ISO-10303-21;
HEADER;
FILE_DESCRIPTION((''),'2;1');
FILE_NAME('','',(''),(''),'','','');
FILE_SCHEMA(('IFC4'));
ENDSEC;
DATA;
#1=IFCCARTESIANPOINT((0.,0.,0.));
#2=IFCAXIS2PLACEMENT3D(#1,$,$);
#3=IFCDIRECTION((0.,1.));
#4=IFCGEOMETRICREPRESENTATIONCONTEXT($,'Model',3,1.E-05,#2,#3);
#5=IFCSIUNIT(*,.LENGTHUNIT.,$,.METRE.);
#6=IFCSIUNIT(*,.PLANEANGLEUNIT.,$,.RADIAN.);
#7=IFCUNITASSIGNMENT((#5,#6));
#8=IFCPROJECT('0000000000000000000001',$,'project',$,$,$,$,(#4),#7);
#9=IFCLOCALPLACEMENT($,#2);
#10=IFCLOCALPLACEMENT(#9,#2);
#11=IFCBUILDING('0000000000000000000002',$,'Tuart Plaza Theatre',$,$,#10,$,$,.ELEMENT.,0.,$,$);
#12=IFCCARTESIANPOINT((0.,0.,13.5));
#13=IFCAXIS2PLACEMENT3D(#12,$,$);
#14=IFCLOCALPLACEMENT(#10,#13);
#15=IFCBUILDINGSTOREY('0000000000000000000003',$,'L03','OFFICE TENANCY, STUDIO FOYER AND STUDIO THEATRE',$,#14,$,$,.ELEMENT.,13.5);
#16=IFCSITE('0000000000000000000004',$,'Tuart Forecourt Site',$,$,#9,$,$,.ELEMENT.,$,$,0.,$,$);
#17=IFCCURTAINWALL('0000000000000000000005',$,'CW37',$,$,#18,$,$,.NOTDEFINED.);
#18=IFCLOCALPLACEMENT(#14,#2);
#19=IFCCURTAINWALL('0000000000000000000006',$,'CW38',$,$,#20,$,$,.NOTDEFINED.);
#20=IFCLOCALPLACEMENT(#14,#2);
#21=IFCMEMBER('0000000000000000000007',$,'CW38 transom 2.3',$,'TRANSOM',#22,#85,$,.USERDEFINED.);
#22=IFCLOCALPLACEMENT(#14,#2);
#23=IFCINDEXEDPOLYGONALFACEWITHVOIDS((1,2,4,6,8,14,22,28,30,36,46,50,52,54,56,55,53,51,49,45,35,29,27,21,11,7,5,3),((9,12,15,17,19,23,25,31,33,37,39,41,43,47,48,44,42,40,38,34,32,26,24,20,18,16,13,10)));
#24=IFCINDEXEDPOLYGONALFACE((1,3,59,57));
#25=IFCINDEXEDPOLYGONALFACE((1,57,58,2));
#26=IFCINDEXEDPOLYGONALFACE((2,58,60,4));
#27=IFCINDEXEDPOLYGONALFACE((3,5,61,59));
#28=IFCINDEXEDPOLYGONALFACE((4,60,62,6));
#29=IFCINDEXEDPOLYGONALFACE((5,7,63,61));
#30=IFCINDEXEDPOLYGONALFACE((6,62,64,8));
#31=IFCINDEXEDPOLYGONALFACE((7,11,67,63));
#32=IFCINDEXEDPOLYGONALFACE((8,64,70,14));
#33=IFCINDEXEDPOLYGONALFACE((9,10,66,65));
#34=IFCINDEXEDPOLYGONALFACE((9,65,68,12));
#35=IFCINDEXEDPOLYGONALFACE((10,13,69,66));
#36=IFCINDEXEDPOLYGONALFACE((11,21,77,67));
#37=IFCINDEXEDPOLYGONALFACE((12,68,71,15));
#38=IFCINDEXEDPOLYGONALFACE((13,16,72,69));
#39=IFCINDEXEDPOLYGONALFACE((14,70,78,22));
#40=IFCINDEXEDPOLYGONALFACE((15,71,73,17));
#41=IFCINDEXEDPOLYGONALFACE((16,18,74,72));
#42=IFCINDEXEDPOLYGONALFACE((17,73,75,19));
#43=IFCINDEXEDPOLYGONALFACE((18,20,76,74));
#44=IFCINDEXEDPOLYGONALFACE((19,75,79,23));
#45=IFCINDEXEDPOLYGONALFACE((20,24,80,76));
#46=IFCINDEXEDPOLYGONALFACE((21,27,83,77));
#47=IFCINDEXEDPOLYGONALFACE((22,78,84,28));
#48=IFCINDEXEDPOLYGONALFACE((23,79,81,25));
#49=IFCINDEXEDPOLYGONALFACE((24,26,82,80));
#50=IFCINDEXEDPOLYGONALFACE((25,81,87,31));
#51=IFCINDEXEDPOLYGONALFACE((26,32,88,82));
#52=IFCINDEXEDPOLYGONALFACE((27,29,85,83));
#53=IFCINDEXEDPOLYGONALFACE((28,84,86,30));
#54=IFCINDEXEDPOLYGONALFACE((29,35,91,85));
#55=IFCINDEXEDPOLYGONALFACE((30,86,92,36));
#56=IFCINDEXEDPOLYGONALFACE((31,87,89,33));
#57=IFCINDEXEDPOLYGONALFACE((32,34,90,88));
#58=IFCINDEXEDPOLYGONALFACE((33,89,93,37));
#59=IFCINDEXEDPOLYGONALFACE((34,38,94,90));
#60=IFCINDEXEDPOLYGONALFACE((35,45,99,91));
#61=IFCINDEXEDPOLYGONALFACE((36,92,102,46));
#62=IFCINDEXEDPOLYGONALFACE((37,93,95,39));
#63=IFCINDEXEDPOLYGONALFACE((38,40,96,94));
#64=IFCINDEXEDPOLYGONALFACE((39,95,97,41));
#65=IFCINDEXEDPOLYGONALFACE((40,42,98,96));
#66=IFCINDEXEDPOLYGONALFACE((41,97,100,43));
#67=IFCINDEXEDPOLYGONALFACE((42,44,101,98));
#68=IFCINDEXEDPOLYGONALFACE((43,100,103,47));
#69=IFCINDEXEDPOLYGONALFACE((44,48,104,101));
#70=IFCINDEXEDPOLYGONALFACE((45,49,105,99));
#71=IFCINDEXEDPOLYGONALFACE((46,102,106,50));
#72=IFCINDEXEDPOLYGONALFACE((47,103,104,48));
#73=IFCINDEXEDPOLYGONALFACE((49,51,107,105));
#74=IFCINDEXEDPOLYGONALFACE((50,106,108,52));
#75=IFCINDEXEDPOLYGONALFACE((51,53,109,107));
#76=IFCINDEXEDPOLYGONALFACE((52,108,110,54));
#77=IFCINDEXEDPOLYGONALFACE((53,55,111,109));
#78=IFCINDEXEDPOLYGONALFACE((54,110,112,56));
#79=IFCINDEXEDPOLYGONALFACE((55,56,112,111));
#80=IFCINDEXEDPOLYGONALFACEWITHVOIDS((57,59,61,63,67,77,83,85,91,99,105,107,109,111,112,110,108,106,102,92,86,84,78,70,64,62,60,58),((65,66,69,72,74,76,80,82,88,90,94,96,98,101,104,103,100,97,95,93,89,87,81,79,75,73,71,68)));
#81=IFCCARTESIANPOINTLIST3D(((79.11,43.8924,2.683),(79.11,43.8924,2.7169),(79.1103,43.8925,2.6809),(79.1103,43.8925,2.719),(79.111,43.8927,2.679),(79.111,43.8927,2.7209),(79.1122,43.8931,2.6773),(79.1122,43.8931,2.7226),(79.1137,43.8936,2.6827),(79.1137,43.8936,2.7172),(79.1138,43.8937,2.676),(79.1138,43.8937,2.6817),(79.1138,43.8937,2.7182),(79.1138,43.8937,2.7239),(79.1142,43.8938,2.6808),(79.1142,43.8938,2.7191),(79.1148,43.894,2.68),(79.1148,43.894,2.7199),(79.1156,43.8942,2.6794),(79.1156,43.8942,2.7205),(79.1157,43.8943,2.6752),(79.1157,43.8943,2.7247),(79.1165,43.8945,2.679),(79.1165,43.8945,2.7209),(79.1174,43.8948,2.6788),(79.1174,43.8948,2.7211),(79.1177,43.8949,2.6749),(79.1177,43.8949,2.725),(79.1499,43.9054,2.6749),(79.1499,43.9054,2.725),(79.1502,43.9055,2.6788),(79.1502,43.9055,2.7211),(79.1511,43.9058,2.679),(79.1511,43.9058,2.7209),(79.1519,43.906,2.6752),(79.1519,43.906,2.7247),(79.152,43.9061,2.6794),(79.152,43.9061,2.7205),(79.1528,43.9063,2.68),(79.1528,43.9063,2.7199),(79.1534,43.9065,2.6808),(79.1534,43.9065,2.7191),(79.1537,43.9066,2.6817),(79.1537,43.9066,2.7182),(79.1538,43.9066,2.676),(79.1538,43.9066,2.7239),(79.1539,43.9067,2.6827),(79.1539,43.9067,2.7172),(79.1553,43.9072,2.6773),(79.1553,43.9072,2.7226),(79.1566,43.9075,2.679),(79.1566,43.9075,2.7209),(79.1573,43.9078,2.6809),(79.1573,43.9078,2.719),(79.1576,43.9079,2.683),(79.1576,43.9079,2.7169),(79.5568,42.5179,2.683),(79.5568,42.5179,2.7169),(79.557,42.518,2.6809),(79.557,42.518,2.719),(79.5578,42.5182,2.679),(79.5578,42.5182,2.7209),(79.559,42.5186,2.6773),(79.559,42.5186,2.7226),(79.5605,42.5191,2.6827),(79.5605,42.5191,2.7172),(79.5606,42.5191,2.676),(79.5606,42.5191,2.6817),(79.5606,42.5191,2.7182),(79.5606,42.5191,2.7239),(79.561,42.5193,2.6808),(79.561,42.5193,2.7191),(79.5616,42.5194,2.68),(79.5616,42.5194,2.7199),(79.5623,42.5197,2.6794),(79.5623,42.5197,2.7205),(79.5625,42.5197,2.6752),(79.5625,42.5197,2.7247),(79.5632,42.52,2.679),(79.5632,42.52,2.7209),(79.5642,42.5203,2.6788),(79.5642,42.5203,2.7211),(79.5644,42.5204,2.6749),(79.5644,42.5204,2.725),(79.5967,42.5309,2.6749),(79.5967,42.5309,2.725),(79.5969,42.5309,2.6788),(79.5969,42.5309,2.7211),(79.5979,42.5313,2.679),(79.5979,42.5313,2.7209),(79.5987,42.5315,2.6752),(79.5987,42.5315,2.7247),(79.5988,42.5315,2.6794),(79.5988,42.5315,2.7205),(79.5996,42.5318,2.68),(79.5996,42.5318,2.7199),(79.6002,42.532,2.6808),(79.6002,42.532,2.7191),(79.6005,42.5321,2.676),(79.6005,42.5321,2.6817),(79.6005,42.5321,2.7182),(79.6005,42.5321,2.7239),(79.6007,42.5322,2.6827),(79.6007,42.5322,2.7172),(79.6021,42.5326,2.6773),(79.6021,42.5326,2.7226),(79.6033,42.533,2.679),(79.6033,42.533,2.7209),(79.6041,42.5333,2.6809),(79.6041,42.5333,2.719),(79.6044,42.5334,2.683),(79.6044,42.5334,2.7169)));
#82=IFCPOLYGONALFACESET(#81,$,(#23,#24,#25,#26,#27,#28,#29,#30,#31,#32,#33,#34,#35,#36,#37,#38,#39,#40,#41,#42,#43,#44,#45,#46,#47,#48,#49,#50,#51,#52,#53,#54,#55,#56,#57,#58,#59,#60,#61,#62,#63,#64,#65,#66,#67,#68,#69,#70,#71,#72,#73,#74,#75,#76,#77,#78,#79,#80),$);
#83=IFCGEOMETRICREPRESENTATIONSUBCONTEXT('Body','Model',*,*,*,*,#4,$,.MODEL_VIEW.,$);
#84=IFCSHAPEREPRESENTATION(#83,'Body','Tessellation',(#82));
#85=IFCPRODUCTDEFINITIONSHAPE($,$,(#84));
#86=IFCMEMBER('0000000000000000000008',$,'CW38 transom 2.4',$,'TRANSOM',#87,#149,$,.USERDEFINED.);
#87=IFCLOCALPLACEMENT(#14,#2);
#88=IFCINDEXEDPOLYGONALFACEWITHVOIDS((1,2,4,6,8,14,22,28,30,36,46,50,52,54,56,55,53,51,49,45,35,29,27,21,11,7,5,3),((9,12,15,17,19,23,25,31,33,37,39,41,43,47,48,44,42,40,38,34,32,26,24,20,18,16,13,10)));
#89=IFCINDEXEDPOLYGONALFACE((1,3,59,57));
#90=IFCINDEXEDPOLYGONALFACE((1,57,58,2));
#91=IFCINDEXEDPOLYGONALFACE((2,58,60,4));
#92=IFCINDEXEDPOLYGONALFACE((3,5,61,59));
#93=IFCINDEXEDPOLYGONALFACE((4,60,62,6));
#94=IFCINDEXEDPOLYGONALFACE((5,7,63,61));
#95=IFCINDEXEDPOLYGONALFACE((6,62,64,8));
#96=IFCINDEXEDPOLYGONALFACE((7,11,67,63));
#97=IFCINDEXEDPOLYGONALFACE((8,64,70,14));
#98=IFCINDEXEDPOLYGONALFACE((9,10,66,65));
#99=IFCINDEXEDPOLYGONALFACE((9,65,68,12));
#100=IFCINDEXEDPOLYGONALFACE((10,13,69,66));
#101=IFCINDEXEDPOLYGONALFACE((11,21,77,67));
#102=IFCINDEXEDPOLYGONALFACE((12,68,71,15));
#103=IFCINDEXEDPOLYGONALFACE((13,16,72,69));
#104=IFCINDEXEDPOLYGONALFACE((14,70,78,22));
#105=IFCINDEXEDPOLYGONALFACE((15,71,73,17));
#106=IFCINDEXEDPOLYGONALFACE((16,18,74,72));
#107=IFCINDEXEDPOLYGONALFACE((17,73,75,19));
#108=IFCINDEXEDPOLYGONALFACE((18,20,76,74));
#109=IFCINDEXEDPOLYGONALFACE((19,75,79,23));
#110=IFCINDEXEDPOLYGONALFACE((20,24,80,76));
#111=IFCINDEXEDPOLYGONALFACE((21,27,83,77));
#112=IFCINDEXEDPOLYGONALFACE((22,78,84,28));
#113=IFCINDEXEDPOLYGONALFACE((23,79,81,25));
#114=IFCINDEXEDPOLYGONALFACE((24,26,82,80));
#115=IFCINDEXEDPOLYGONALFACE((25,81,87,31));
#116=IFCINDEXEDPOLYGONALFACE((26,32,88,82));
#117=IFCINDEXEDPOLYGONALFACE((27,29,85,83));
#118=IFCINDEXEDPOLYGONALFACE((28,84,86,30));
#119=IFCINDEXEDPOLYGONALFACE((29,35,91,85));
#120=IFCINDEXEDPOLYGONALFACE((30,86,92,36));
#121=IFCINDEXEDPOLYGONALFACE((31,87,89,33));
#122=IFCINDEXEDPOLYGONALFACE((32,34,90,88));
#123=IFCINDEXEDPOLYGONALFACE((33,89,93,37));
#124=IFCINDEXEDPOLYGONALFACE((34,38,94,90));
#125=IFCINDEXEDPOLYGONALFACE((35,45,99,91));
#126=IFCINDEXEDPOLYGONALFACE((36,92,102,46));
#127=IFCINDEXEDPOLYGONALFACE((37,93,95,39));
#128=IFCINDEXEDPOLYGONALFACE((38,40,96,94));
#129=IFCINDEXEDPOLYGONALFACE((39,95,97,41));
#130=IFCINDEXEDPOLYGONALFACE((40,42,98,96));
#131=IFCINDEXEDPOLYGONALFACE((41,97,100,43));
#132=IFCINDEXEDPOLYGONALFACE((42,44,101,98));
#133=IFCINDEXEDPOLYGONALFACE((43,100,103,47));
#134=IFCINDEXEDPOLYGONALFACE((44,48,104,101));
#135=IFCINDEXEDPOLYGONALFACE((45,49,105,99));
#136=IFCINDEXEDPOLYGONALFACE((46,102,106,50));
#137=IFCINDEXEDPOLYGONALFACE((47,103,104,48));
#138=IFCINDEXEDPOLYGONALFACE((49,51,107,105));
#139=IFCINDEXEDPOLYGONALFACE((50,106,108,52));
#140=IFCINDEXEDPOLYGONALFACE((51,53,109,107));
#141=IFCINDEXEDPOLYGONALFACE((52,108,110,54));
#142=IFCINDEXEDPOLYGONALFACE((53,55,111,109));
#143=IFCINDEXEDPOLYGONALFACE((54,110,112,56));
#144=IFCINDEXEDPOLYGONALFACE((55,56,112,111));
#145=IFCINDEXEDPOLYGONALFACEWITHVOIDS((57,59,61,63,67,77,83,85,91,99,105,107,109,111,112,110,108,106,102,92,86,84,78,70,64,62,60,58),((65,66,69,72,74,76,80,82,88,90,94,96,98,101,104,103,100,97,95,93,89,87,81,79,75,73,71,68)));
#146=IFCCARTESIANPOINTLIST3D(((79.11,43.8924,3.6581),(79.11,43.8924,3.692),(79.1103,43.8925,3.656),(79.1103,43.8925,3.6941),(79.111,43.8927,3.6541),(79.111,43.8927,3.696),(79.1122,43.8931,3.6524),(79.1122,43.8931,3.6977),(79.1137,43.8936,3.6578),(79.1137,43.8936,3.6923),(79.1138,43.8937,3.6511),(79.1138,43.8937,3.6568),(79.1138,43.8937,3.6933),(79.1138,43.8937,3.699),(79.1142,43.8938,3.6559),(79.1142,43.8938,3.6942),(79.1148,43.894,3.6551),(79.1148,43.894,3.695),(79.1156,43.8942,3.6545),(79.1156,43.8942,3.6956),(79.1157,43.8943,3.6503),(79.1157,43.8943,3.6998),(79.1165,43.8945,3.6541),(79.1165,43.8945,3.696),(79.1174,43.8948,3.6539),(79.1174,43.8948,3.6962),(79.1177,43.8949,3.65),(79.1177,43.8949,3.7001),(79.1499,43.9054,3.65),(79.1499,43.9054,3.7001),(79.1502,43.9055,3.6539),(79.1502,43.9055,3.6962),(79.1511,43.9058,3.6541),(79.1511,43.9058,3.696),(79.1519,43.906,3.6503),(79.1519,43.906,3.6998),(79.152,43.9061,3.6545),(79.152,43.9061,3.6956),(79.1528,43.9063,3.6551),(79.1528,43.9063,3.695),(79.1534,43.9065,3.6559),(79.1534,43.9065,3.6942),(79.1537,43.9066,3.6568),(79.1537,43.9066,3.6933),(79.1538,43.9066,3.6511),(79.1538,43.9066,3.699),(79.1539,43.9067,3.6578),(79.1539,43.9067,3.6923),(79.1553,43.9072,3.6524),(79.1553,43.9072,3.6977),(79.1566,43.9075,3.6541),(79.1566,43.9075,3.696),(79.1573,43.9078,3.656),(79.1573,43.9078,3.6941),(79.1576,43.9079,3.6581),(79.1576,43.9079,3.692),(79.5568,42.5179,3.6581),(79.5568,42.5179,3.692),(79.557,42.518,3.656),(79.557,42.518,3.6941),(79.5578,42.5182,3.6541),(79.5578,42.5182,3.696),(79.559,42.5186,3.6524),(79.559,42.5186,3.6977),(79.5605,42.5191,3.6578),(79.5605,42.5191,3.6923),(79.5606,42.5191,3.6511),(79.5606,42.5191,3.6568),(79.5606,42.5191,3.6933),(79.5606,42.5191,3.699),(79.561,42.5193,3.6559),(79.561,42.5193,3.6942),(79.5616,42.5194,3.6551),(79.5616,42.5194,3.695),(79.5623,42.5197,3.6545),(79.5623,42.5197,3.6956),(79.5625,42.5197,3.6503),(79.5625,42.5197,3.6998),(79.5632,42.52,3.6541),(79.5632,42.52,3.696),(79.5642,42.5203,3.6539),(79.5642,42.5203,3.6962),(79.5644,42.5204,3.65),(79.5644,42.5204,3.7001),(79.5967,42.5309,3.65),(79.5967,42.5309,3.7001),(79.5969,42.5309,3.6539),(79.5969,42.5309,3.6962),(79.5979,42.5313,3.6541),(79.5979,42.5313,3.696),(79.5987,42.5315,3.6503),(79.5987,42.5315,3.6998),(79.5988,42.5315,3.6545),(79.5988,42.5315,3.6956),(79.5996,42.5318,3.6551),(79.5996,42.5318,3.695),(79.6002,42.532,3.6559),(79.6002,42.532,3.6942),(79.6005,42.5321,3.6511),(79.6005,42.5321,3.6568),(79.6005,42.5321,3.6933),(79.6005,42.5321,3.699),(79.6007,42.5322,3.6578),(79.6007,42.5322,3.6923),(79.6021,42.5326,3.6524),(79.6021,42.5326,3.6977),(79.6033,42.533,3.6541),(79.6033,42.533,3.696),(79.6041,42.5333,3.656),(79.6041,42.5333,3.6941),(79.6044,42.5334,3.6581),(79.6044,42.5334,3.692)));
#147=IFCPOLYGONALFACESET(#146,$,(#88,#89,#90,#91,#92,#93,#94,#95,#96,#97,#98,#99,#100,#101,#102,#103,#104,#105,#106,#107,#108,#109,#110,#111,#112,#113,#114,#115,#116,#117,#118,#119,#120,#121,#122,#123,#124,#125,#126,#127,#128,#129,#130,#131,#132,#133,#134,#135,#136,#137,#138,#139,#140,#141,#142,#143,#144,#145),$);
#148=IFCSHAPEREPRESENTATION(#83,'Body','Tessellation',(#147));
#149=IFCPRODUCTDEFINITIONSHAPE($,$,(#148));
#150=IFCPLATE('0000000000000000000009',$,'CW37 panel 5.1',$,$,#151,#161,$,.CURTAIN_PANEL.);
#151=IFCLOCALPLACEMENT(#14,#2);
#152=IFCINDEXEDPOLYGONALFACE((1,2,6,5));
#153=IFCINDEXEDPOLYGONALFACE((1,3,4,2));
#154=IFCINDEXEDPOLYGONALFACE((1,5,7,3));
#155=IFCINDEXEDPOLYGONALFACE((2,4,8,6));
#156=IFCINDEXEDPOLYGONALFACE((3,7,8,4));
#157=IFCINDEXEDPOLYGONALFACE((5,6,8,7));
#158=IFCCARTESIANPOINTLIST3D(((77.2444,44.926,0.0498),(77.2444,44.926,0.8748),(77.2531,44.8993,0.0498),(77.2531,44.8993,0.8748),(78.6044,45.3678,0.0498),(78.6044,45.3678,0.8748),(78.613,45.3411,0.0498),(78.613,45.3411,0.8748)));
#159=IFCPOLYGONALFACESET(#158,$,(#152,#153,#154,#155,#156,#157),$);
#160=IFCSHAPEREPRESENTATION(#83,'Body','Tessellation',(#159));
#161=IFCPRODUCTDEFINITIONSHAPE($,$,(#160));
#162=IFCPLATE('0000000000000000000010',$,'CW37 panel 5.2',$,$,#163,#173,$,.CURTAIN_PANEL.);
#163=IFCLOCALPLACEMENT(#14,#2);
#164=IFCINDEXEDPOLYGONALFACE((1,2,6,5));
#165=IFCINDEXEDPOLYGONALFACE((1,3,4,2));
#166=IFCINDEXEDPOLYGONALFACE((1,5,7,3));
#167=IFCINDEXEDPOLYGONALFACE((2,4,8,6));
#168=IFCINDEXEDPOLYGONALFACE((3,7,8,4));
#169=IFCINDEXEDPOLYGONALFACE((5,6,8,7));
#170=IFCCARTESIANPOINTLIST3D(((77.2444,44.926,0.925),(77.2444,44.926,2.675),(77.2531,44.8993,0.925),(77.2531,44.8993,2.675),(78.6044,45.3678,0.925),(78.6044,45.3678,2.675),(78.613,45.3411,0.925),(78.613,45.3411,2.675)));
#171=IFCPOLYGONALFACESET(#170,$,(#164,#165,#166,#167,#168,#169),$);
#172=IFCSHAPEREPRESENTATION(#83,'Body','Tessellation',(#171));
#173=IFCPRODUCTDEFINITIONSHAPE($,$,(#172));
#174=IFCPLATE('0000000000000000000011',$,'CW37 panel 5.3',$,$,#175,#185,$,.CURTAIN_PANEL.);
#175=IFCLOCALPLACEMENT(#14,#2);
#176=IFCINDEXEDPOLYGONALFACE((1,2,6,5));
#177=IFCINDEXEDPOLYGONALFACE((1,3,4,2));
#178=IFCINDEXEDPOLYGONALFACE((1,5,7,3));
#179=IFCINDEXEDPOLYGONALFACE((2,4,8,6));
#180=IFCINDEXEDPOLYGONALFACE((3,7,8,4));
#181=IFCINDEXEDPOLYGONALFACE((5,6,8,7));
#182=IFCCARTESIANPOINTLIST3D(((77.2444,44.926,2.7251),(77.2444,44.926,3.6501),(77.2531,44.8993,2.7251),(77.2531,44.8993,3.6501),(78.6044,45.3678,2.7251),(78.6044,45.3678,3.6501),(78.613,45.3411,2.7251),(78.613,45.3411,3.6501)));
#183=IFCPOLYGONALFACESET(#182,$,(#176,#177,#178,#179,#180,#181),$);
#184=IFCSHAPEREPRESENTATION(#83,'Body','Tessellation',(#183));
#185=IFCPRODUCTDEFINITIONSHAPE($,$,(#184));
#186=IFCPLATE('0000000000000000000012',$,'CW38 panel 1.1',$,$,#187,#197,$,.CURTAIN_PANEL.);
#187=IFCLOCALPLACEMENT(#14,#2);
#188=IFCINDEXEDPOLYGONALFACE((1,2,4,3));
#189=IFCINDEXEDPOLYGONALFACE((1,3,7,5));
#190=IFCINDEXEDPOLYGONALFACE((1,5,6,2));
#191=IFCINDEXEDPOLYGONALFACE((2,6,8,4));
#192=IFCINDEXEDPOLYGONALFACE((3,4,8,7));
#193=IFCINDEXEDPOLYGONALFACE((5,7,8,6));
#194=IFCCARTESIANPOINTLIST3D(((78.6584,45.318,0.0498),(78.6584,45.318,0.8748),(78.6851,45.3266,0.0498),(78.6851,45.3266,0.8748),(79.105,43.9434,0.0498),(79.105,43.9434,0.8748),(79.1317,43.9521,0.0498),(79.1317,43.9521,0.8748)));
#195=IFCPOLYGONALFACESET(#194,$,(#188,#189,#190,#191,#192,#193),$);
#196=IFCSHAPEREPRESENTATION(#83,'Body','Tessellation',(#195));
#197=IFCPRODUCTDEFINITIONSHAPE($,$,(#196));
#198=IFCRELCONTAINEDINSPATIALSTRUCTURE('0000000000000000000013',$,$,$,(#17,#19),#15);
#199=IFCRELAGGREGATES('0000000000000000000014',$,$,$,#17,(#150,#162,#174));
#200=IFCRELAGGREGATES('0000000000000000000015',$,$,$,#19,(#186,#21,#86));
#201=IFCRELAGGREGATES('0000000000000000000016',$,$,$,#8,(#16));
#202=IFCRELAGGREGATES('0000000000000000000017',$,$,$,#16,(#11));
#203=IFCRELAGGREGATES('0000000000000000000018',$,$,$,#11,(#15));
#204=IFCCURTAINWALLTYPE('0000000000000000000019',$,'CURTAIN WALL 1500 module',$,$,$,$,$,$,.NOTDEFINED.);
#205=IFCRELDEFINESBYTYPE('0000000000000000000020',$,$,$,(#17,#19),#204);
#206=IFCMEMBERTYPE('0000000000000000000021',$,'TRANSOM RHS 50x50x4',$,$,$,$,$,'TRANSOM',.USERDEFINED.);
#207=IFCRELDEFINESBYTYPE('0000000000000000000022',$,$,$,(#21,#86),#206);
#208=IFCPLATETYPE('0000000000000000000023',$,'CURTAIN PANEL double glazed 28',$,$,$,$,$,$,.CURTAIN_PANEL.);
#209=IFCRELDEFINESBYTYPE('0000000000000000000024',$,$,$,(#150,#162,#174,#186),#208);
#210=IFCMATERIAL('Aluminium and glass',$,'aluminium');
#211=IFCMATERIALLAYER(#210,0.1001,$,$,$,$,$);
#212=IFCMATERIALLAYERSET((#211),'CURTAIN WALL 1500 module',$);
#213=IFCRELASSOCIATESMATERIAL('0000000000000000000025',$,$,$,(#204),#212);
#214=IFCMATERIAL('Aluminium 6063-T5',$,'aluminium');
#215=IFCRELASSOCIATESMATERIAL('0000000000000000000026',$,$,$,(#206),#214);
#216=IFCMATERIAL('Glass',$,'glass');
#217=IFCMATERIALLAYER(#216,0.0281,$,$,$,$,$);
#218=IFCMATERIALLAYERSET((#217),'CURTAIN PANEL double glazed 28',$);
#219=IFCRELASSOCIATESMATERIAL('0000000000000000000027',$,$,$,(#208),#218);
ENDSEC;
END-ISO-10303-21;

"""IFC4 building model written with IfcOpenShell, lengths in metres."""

from ifc_helpers import new_model, si_unit, direction, frame, origin, origin_2d, place, context, subcontext, project, spatial, rectangle, hollow_rectangle, extrude, material, layer, layer_set, material_profile, profile_set, type_object, element, aggregate, save


model = new_model("IFC4")

# Units and contexts
model_context = context("Model", 3, precision=1e-05, world=origin(), true_north=direction((0.0, 1.0)))
body_context = subcontext(model_context, "Body", "Model", "MODEL_VIEW")
ifc_project = project(units=[si_unit("LENGTHUNIT", "METRE"), si_unit("PLANEANGLEUNIT", "RADIAN")], contexts=[model_context])

# Site, building, storey
site_placement = place(None, origin())
site = spatial("IfcSite", under=ifc_project, at=site_placement, Name="Tuart Forecourt Site", CompositionType="ELEMENT", RefElevation=0.0)
building_placement = place(site_placement, origin())
building = spatial("IfcBuilding", under=site, at=building_placement, Name="Tuart Plaza Theatre", CompositionType="ELEMENT", ElevationOfRefHeight=0.0)
storey_placement = place(building_placement, frame((0.0, 0.0, 13.5)))
storey = spatial("IfcBuildingStorey", under=building, at=storey_placement, Name="L03", Description="OFFICE TENANCY, STUDIO FOYER AND STUDIO THEATRE", CompositionType="ELEMENT", Elevation=13.5)

# Curtain wall
ifc_material_1 = material(Name="Aluminium and glass", Category="aluminium")
ifc_layer_1 = layer(ifc_material_1, 0.1001)
ifc_layer_set_1 = layer_set([ifc_layer_1], Name="CURTAIN WALL 1500 module")
curtain_wall_type = type_object("IfcCurtainWallType", Name="CURTAIN WALL 1500 module", PredefinedType="NOTDEFINED", material=ifc_layer_set_1)
curtain_wall_1_placement = place(storey_placement, origin())
curtain_wall_1 = element("IfcCurtainWall", 1, at=curtain_wall_1_placement, inside=storey, type_object=curtain_wall_type, Name="CW37", PredefinedType="NOTDEFINED")

# Curtain wall
curtain_wall_2_placement = place(storey_placement, origin())
curtain_wall_2 = element("IfcCurtainWall", 2, at=curtain_wall_2_placement, inside=storey, type_object=curtain_wall_type, Name="CW38", PredefinedType="NOTDEFINED")

# Members
ifc_material_2 = material(Name="Aluminium 6063-T5", Category="aluminium")
ifc_material_profile_1 = material_profile(ifc_material_2, hollow_rectangle(XDim=0.05, YDim=0.05, WallThickness=0.0039, InnerFilletRadius=0.0039, OuterFilletRadius=0.0081, at=origin_2d()), Name="RHS 50x50x4")
ifc_profile_set_1 = profile_set([ifc_material_profile_1], Name="Aluminium 6063-T5")
member_type_1 = type_object("IfcMemberType", Name="TRANSOM RHS 50x50x4", ElementType="TRANSOM", PredefinedType="USERDEFINED", material=ifc_profile_set_1)
member_1_placement = place(storey_placement, frame((79.1338, 43.9001, 2.7), z_axis=(0.309124, -0.951022, 0.0), x_axis=(0.951022, 0.309124, 0.0)))
member_1 = element("IfcMember", 3, at=member_1_placement, type_object=member_type_1, Name="CW38 transom 2.3", ObjectType="TRANSOM", PredefinedType="USERDEFINED", context=body_context, shape_type="SweptSolid", body=[
    extrude(hollow_rectangle(XDim=0.05, YDim=0.05, WallThickness=0.0039, InnerFilletRadius=0.0039, OuterFilletRadius=0.0081, at=origin_2d()), origin(), (0.0, 0.0, 1.0), 1.4453),
])
member_2_placement = place(storey_placement, frame((79.1338, 43.9001, 3.675), z_axis=(0.309124, -0.951022, 0.0), x_axis=(0.951022, 0.309124, 0.0)))
member_2 = element("IfcMember", 4, at=member_2_placement, type_object=member_type_1, Name="CW38 transom 2.4", ObjectType="TRANSOM", PredefinedType="USERDEFINED", context=body_context, shape_type="SweptSolid", body=[
    extrude(hollow_rectangle(XDim=0.05, YDim=0.05, WallThickness=0.0039, InnerFilletRadius=0.0039, OuterFilletRadius=0.0081, at=origin_2d()), origin(), (0.0, 0.0, 1.0), 1.4453),
])

# Plates
ifc_material_3 = material(Name="Glass", Category="glass")
ifc_layer_2 = layer(ifc_material_3, 0.0281)
ifc_layer_set_2 = layer_set([ifc_layer_2], Name="CURTAIN PANEL double glazed 28")
plate_type = type_object("IfcPlateType", Name="CURTAIN PANEL double glazed 28", PredefinedType="CURTAIN_PANEL", material=ifc_layer_set_2)
plate_1_placement = place(storey_placement, frame((77.9287, 45.1335, 0.0498), z_axis=(0.0, 0.0, 1.0), x_axis=(0.951067, 0.308986, 0.0)))
plate_1 = element("IfcPlate", 5, at=plate_1_placement, type_object=plate_type, Name="CW37 panel 5.1", PredefinedType="CURTAIN_PANEL", context=body_context, shape_type="SweptSolid", body=[
    extrude(rectangle(XDim=1.4299, YDim=0.0281, at=origin_2d()), origin(), (0.0, 0.0, 1.0), 0.825),
])
plate_2_placement = place(storey_placement, frame((77.9287, 45.1335, 0.925), z_axis=(0.0, 0.0, 1.0), x_axis=(0.951067, 0.308986, 0.0)))
plate_2 = element("IfcPlate", 6, at=plate_2_placement, type_object=plate_type, Name="CW37 panel 5.2", PredefinedType="CURTAIN_PANEL", context=body_context, shape_type="SweptSolid", body=[
    extrude(rectangle(XDim=1.4299, YDim=0.0281, at=origin_2d()), origin(), (0.0, 0.0, 1.0), 1.75),
])
plate_3_placement = place(storey_placement, frame((77.9287, 45.1335, 2.7251), z_axis=(0.0, 0.0, 1.0), x_axis=(0.951067, 0.308986, 0.0)))
plate_3 = element("IfcPlate", 7, at=plate_3_placement, type_object=plate_type, Name="CW37 panel 5.3", PredefinedType="CURTAIN_PANEL", context=body_context, shape_type="SweptSolid", body=[
    extrude(rectangle(XDim=1.4299, YDim=0.0281, at=origin_2d()), origin(), (0.0, 0.0, 1.0), 0.925),
])
aggregate(curtain_wall_1, [plate_1, plate_2, plate_3])
plate_4_placement = place(storey_placement, frame((78.895, 44.635, 0.0498), z_axis=(0.0, 0.0, 1.0), x_axis=(0.309018, -0.951056, 0.0)))
plate_4 = element("IfcPlate", 8, at=plate_4_placement, type_object=plate_type, Name="CW38 panel 1.1", PredefinedType="CURTAIN_PANEL", context=body_context, shape_type="SweptSolid", body=[
    extrude(rectangle(XDim=1.4453, YDim=0.0281, at=origin_2d()), origin(), (0.0, 0.0, 1.0), 0.825),
])
aggregate(curtain_wall_2, [plate_4, member_1, member_2])

save(model, "model.ifc")
